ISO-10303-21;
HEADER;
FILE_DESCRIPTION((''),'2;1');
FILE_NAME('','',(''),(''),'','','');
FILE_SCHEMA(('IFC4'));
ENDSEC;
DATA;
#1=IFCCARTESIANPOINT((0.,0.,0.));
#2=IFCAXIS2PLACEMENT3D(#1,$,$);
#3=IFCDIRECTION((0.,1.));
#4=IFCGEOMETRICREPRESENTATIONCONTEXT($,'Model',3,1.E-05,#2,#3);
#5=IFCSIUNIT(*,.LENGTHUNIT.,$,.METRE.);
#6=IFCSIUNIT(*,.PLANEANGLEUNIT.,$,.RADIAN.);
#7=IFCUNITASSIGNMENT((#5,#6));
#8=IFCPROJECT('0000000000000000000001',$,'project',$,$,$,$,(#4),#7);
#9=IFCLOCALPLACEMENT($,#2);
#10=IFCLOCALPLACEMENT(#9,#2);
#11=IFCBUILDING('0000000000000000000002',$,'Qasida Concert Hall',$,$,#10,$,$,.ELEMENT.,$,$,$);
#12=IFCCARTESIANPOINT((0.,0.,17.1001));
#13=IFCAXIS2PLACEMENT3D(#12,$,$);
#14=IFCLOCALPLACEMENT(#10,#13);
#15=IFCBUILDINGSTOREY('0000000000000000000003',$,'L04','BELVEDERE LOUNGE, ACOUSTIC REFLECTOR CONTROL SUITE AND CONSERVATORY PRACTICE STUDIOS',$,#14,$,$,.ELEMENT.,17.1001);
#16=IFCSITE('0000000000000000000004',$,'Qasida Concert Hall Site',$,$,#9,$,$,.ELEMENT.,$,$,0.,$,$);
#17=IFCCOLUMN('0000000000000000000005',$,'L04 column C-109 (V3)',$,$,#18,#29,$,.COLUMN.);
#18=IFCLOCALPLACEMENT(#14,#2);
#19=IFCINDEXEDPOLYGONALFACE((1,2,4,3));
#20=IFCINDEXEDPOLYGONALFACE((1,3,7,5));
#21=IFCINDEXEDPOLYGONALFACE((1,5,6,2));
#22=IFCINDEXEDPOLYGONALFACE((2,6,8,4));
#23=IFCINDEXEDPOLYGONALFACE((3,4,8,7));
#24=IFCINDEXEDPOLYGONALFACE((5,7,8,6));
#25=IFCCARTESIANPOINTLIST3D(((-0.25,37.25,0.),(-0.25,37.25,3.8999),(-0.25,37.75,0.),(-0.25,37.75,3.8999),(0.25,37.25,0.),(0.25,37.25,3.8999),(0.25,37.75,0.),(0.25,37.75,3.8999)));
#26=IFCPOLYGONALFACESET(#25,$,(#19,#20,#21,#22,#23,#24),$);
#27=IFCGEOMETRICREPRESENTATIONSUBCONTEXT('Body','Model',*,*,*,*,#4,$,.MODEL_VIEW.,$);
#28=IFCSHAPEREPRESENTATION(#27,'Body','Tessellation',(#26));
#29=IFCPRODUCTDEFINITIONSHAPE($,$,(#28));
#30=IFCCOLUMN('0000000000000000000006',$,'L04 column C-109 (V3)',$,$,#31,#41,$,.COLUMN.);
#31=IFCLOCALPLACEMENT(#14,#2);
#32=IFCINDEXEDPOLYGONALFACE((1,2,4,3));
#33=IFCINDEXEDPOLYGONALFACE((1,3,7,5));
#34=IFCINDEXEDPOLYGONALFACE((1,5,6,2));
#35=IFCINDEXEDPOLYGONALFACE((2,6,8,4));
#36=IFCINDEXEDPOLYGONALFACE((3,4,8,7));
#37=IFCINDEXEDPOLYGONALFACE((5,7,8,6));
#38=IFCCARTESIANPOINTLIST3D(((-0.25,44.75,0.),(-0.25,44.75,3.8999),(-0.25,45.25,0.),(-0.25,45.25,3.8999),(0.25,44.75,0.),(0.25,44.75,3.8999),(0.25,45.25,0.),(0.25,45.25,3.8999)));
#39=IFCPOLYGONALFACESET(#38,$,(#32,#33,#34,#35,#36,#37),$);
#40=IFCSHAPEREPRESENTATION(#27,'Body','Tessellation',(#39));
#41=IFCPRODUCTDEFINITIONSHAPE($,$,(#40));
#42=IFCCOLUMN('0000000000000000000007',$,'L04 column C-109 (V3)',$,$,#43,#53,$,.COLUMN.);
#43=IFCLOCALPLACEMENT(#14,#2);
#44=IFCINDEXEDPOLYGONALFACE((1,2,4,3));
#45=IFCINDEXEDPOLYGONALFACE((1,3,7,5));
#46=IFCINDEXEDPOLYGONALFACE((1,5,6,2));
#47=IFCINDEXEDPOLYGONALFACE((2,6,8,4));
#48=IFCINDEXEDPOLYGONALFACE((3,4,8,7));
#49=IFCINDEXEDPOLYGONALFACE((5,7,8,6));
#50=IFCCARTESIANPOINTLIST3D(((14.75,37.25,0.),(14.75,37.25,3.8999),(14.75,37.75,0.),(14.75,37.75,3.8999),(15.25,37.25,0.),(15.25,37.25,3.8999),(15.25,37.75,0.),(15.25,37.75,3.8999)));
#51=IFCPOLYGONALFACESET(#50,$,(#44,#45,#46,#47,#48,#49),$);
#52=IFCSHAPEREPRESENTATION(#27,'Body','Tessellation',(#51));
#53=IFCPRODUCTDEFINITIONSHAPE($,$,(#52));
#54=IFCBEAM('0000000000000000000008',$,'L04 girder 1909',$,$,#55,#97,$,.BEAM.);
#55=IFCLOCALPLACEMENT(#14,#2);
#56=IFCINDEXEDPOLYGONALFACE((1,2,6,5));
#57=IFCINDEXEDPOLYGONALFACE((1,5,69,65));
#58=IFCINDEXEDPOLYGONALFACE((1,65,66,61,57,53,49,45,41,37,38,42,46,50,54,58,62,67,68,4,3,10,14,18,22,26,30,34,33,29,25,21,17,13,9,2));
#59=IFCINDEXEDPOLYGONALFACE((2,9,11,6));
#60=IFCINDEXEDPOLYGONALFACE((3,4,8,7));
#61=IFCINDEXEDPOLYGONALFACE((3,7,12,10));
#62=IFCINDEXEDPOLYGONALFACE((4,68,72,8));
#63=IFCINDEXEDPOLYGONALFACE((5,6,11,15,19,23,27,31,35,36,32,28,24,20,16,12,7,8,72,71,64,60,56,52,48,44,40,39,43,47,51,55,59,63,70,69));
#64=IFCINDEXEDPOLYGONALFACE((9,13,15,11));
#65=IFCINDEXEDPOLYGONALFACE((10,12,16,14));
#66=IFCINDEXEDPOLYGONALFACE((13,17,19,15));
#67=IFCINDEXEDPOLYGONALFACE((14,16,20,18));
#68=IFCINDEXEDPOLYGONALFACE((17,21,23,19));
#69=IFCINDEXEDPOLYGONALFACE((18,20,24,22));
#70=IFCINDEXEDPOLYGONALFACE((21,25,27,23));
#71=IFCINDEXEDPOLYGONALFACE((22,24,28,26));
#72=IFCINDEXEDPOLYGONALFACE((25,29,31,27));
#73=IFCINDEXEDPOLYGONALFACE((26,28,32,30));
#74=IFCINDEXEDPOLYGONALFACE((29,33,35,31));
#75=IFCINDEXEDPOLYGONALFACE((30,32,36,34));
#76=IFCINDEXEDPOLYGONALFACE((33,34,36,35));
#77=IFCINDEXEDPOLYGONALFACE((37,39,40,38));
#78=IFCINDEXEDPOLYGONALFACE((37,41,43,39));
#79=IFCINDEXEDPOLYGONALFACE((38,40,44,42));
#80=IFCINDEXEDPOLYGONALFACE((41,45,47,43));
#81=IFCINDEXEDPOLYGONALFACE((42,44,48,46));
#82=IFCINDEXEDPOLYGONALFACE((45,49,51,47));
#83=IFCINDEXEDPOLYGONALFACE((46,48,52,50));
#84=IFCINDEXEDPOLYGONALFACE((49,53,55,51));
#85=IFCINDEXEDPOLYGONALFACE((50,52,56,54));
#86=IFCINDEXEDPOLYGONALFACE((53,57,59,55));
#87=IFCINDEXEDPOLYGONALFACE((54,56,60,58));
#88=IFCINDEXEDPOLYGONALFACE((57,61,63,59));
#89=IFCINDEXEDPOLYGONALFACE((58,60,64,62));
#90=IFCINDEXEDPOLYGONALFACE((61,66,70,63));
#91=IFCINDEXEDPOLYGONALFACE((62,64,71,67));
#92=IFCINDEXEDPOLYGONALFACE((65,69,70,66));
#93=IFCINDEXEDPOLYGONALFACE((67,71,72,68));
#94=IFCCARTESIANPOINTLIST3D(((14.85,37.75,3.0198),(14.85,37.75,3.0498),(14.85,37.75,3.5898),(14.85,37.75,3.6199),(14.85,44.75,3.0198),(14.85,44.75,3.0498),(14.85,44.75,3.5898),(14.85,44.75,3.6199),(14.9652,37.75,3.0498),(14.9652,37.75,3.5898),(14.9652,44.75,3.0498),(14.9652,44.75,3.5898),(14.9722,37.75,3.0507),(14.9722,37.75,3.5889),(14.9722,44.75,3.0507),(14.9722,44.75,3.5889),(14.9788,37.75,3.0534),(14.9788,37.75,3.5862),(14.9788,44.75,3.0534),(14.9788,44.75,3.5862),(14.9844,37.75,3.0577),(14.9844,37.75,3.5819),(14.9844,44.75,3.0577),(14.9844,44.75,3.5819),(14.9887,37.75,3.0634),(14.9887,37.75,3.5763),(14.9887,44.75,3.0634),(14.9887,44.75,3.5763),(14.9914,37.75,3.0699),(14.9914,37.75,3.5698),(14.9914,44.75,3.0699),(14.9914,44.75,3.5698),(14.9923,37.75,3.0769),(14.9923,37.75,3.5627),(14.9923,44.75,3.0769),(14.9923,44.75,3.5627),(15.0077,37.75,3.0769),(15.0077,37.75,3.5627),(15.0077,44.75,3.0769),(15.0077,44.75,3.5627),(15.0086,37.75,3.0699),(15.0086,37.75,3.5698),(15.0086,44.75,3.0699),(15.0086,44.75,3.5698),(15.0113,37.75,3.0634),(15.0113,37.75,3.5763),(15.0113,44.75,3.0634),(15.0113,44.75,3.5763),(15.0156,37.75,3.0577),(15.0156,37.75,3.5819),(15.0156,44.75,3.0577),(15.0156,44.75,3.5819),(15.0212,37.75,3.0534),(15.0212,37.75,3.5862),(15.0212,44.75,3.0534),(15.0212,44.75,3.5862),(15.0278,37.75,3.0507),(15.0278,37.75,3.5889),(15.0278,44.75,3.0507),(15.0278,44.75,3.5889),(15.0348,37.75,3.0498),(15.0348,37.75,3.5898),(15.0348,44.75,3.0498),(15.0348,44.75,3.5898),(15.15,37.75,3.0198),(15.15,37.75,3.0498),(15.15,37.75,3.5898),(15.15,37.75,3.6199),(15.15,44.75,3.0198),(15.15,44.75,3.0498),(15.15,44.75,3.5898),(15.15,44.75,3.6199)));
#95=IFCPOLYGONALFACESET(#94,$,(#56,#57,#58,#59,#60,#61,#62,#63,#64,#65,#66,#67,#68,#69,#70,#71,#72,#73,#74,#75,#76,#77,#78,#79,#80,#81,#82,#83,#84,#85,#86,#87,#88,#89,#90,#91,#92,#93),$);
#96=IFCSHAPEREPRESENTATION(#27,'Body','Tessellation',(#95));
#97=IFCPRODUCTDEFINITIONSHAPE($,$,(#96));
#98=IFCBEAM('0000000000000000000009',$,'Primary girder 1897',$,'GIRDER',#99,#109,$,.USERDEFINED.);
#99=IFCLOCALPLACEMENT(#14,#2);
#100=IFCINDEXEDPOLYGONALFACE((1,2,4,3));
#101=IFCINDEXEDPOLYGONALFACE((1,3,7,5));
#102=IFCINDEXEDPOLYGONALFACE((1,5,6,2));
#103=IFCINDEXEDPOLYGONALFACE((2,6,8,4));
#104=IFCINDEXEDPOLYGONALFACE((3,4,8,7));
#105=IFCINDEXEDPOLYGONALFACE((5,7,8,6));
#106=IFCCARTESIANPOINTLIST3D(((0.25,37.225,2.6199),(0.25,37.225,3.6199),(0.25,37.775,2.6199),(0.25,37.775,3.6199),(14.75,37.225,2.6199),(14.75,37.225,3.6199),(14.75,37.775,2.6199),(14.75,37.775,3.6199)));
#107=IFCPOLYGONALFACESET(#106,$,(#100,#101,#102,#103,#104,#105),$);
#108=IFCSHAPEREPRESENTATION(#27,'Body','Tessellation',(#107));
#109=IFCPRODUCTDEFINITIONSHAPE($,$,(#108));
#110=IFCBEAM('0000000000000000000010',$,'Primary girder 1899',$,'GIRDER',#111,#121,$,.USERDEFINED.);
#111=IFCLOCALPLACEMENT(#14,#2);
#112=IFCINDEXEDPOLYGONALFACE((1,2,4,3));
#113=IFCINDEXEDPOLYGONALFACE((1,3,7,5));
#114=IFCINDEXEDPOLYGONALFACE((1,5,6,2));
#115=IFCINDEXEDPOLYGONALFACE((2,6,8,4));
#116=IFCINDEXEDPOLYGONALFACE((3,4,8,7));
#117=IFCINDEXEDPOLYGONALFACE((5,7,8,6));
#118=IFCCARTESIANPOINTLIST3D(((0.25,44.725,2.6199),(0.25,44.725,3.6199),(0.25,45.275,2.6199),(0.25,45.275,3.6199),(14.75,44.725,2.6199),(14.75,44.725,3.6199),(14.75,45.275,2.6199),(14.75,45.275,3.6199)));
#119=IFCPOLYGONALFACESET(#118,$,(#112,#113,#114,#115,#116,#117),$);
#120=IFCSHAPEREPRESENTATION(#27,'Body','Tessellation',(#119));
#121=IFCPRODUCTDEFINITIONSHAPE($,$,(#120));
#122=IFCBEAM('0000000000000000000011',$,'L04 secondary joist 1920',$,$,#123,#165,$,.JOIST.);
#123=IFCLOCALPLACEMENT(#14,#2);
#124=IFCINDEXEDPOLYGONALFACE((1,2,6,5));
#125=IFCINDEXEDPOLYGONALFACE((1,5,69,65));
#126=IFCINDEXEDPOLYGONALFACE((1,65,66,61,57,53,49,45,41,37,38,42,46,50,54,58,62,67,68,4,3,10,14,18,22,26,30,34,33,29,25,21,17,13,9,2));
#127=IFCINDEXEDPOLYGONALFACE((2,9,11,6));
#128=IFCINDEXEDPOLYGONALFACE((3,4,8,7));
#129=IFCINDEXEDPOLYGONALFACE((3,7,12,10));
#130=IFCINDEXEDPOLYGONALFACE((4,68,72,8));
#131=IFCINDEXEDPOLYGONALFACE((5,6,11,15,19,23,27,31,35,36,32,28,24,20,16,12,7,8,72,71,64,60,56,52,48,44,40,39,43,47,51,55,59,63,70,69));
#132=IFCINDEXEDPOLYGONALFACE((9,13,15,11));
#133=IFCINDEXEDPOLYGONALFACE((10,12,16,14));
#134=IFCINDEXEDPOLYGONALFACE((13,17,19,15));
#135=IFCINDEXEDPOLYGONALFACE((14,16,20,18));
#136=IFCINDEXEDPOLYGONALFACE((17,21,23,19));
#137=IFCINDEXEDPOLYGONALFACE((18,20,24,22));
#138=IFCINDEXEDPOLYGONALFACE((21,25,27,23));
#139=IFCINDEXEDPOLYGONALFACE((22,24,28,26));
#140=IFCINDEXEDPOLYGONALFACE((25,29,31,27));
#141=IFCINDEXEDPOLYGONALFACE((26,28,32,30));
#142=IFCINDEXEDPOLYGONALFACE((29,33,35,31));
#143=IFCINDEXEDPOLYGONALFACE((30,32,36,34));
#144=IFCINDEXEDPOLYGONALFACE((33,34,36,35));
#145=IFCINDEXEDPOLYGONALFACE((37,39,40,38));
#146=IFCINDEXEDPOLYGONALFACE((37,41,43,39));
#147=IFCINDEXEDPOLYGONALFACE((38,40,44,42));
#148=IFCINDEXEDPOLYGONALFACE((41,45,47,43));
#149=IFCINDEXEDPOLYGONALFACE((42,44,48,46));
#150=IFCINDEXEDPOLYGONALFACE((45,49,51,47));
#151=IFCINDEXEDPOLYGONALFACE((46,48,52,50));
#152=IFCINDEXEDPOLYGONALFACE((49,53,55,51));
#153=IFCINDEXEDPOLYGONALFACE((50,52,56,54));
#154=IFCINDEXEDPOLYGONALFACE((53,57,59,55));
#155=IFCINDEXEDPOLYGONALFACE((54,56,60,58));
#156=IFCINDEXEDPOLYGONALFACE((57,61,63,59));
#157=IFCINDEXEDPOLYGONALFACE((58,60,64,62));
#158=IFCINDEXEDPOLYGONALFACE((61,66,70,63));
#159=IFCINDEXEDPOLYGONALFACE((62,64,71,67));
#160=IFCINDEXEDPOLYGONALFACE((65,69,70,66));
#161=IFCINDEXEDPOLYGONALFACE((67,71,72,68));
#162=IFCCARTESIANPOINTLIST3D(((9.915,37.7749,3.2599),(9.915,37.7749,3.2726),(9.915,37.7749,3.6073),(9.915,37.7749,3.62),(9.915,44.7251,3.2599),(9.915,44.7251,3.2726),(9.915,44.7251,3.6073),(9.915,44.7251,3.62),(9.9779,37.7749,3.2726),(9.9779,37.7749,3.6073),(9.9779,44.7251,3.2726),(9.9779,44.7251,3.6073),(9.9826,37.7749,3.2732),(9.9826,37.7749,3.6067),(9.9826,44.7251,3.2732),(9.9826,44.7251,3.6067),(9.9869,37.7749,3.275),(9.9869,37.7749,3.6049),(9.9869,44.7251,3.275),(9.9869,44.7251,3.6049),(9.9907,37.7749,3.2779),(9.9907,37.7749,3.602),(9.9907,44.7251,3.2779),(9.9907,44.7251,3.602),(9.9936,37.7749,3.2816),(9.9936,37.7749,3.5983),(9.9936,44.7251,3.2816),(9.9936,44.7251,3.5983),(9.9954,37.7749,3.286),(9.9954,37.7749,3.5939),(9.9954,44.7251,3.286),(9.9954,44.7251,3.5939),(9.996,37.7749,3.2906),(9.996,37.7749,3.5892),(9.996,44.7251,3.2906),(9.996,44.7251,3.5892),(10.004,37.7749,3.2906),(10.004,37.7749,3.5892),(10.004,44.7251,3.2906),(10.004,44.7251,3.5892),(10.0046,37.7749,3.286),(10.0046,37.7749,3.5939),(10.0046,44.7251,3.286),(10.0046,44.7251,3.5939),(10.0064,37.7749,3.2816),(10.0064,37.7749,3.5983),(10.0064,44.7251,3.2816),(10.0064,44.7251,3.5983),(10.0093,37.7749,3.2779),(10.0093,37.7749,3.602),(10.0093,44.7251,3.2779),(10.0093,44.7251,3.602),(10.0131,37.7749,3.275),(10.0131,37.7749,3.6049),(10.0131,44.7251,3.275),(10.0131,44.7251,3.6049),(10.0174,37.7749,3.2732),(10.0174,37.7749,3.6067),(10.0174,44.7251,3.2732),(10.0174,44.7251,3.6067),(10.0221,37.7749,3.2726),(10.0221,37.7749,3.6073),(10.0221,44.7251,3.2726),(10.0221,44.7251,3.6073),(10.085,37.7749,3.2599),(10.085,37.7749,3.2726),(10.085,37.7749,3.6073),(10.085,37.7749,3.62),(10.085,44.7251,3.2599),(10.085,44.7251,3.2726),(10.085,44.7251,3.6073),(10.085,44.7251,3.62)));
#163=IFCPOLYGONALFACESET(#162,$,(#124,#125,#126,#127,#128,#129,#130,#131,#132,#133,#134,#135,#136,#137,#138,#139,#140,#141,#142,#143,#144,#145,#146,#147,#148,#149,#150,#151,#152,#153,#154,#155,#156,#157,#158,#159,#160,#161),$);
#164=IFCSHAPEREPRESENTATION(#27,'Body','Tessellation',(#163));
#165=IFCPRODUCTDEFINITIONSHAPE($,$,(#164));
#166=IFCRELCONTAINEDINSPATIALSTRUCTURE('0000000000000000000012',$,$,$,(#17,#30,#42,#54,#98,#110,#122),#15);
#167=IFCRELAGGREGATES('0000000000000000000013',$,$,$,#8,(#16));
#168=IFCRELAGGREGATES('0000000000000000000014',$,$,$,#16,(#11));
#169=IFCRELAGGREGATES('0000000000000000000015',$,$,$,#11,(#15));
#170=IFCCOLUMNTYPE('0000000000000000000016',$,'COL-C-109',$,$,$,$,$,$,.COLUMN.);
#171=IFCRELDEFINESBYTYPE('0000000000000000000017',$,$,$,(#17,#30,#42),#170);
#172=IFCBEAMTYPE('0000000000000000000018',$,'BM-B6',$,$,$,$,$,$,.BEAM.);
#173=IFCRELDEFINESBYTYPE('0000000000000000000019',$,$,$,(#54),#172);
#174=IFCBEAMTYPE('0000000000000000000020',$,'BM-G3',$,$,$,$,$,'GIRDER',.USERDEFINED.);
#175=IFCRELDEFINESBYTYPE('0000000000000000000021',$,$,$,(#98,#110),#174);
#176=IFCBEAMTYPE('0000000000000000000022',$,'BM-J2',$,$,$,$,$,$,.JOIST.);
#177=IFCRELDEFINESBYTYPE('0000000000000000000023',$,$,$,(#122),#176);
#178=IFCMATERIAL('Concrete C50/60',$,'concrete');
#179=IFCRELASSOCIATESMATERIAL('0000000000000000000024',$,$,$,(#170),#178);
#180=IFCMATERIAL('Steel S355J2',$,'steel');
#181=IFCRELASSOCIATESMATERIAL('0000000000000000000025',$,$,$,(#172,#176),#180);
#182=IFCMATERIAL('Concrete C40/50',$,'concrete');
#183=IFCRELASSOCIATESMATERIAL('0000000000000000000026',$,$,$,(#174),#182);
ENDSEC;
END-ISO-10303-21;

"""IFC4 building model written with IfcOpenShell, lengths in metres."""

from ifc_helpers import new_model, si_unit, direction, frame, origin, origin_2d, place, context, subcontext, project, spatial, rectangle, i_section, extrude, material, material_profile, profile_set, type_object, element, save


model = new_model("IFC4")

# Units and contexts
model_context = context("Model", 3, precision=1e-05, world=origin(), true_north=direction((0.0, 1.0)))
body_context = subcontext(model_context, "Body", "Model", "MODEL_VIEW")
ifc_project = project(units=[si_unit("LENGTHUNIT", "METRE"), si_unit("PLANEANGLEUNIT", "RADIAN")], contexts=[model_context])

# Site, building, storey
site_placement = place(None, origin())
site = spatial("IfcSite", under=ifc_project, at=site_placement, Name="Qasida Concert Hall Site", CompositionType="ELEMENT", RefElevation=0.0)
building_placement = place(site_placement, origin())
building = spatial("IfcBuilding", under=site, at=building_placement, Name="Qasida Concert Hall", CompositionType="ELEMENT")
storey_placement = place(building_placement, frame((0.0, 0.0, 17.1001)))
storey = spatial("IfcBuildingStorey", under=building, at=storey_placement, Name="L04", Description="BELVEDERE LOUNGE, ACOUSTIC REFLECTOR CONTROL SUITE AND CONSERVATORY PRACTICE STUDIOS", CompositionType="ELEMENT", Elevation=17.1001)

# Columns
ifc_material_1 = material(Name="Concrete C50/60", Category="concrete")
ifc_material_profile_1 = material_profile(ifc_material_1, rectangle(XDim=0.5, YDim=0.5, at=origin_2d()), Name="RC 500x500")
ifc_profile_set_1 = profile_set([ifc_material_profile_1], Name="Concrete C50/60")
column_type = type_object("IfcColumnType", Name="COL-C-109", PredefinedType="COLUMN", material=ifc_profile_set_1)
for number, where, z_axis, x_axis, name in (
    (1, (0.0, 37.5, 0.0), (0.0, 0.0, 1.0), (1.0, 0.0, 0.0), "L04 column C-109 (V3)"),
    (2, (0.0, 45.0, 0.0), (0.0, 0.0, 1.0), (1.0, 0.0, 0.0), "L04 column C-109 (V3)"),
    (3, (15.0, 37.5, 0.0), (0.0, 0.0, 1.0), (1.0, 0.0, 0.0), "L04 column C-109 (V3)"),
):
    element("IfcColumn", number, at=place(storey_placement, frame(where, z_axis=z_axis, x_axis=x_axis)), inside=storey, type_object=column_type, Name=name, PredefinedType="COLUMN", context=body_context, shape_type="SweptSolid", body=[
        extrude(rectangle(XDim=0.5, YDim=0.5, at=origin_2d()), origin(), (0.0, 0.0, 1.0), 3.8999),
    ])

# Beams
ifc_material_2 = material(Name="Steel S355J2", Category="steel")
ifc_material_profile_2 = material_profile(ifc_material_2, i_section(OverallWidth=0.3, OverallDepth=0.6001, WebThickness=0.0154, FlangeThickness=0.03, FilletRadius=0.0271, at=origin_2d()), Name="HEB 600")
ifc_profile_set_2 = profile_set([ifc_material_profile_2], Name="Steel S355J2")
beam_type_1 = type_object("IfcBeamType", Name="BM-B6", PredefinedType="BEAM", material=ifc_profile_set_2)
beam_1_placement = place(storey_placement, frame((15.0, 37.75, 3.3198), z_axis=(0.0, 1.0, 0.0), x_axis=(-1.0, 0.0, 0.0)))
element("IfcBeam", 4, at=beam_1_placement, inside=storey, type_object=beam_type_1, Name="L04 girder 1909", PredefinedType="BEAM", context=body_context, shape_type="SweptSolid", body=[
    extrude(i_section(OverallWidth=0.3, OverallDepth=0.6001, WebThickness=0.0154, FlangeThickness=0.03, FilletRadius=0.0271, at=origin_2d()), origin(), (0.0, 0.0, 1.0), 7.0),
])
ifc_material_3 = material(Name="Concrete C40/50", Category="concrete")
ifc_material_profile_3 = material_profile(ifc_material_3, rectangle(XDim=0.55, YDim=1.0, at=origin_2d()), Name="RC 550x1000")
ifc_profile_set_3 = profile_set([ifc_material_profile_3], Name="Concrete C40/50")
beam_type_2 = type_object("IfcBeamType", Name="BM-G3", ElementType="GIRDER", PredefinedType="USERDEFINED", material=ifc_profile_set_3)
for number, where, z_axis, x_axis, name in (
    (5, (0.25, 37.5, 3.1199), (1.0, 0.0, 0.0), (0.0, 1.0, 0.0), "Primary girder 1897"),
    (6, (0.25, 45.0, 3.1199), (1.0, 0.0, 0.0), (0.0, 1.0, 0.0), "Primary girder 1899"),
):
    element("IfcBeam", number, at=place(storey_placement, frame(where, z_axis=z_axis, x_axis=x_axis)), inside=storey, type_object=beam_type_2, Name=name, ObjectType="GIRDER", PredefinedType="USERDEFINED", context=body_context, shape_type="SweptSolid", body=[
        extrude(rectangle(XDim=0.55, YDim=1.0, at=origin_2d()), origin(), (0.0, 0.0, 1.0), 14.5),
    ])
ifc_material_profile_4 = material_profile(ifc_material_2, i_section(OverallWidth=0.1699, OverallDepth=0.3601, WebThickness=0.0081, FlangeThickness=0.0127, FilletRadius=0.0181, at=origin_2d()), Name="IPE 360")
ifc_profile_set_4 = profile_set([ifc_material_profile_4], Name="Steel S355J2")
beam_type_3 = type_object("IfcBeamType", Name="BM-J2", PredefinedType="JOIST", material=ifc_profile_set_4)
for number, where, z_axis, x_axis, name in (
    (7, (10.0, 37.7749, 3.4399), (0.0, 1.0, 0.0), (-1.0, 0.0, 0.0), "L04 secondary joist 1920"),
):
    element("IfcBeam", number, at=place(storey_placement, frame(where, z_axis=z_axis, x_axis=x_axis)), inside=storey, type_object=beam_type_3, Name=name, PredefinedType="JOIST", context=body_context, shape_type="SweptSolid", body=[
        extrude(i_section(OverallWidth=0.1699, OverallDepth=0.3601, WebThickness=0.0081, FlangeThickness=0.0127, FilletRadius=0.0181, at=origin_2d()), origin(), (0.0, 0.0, 1.0), 6.9502),
    ])

save(model, "model.ifc")
